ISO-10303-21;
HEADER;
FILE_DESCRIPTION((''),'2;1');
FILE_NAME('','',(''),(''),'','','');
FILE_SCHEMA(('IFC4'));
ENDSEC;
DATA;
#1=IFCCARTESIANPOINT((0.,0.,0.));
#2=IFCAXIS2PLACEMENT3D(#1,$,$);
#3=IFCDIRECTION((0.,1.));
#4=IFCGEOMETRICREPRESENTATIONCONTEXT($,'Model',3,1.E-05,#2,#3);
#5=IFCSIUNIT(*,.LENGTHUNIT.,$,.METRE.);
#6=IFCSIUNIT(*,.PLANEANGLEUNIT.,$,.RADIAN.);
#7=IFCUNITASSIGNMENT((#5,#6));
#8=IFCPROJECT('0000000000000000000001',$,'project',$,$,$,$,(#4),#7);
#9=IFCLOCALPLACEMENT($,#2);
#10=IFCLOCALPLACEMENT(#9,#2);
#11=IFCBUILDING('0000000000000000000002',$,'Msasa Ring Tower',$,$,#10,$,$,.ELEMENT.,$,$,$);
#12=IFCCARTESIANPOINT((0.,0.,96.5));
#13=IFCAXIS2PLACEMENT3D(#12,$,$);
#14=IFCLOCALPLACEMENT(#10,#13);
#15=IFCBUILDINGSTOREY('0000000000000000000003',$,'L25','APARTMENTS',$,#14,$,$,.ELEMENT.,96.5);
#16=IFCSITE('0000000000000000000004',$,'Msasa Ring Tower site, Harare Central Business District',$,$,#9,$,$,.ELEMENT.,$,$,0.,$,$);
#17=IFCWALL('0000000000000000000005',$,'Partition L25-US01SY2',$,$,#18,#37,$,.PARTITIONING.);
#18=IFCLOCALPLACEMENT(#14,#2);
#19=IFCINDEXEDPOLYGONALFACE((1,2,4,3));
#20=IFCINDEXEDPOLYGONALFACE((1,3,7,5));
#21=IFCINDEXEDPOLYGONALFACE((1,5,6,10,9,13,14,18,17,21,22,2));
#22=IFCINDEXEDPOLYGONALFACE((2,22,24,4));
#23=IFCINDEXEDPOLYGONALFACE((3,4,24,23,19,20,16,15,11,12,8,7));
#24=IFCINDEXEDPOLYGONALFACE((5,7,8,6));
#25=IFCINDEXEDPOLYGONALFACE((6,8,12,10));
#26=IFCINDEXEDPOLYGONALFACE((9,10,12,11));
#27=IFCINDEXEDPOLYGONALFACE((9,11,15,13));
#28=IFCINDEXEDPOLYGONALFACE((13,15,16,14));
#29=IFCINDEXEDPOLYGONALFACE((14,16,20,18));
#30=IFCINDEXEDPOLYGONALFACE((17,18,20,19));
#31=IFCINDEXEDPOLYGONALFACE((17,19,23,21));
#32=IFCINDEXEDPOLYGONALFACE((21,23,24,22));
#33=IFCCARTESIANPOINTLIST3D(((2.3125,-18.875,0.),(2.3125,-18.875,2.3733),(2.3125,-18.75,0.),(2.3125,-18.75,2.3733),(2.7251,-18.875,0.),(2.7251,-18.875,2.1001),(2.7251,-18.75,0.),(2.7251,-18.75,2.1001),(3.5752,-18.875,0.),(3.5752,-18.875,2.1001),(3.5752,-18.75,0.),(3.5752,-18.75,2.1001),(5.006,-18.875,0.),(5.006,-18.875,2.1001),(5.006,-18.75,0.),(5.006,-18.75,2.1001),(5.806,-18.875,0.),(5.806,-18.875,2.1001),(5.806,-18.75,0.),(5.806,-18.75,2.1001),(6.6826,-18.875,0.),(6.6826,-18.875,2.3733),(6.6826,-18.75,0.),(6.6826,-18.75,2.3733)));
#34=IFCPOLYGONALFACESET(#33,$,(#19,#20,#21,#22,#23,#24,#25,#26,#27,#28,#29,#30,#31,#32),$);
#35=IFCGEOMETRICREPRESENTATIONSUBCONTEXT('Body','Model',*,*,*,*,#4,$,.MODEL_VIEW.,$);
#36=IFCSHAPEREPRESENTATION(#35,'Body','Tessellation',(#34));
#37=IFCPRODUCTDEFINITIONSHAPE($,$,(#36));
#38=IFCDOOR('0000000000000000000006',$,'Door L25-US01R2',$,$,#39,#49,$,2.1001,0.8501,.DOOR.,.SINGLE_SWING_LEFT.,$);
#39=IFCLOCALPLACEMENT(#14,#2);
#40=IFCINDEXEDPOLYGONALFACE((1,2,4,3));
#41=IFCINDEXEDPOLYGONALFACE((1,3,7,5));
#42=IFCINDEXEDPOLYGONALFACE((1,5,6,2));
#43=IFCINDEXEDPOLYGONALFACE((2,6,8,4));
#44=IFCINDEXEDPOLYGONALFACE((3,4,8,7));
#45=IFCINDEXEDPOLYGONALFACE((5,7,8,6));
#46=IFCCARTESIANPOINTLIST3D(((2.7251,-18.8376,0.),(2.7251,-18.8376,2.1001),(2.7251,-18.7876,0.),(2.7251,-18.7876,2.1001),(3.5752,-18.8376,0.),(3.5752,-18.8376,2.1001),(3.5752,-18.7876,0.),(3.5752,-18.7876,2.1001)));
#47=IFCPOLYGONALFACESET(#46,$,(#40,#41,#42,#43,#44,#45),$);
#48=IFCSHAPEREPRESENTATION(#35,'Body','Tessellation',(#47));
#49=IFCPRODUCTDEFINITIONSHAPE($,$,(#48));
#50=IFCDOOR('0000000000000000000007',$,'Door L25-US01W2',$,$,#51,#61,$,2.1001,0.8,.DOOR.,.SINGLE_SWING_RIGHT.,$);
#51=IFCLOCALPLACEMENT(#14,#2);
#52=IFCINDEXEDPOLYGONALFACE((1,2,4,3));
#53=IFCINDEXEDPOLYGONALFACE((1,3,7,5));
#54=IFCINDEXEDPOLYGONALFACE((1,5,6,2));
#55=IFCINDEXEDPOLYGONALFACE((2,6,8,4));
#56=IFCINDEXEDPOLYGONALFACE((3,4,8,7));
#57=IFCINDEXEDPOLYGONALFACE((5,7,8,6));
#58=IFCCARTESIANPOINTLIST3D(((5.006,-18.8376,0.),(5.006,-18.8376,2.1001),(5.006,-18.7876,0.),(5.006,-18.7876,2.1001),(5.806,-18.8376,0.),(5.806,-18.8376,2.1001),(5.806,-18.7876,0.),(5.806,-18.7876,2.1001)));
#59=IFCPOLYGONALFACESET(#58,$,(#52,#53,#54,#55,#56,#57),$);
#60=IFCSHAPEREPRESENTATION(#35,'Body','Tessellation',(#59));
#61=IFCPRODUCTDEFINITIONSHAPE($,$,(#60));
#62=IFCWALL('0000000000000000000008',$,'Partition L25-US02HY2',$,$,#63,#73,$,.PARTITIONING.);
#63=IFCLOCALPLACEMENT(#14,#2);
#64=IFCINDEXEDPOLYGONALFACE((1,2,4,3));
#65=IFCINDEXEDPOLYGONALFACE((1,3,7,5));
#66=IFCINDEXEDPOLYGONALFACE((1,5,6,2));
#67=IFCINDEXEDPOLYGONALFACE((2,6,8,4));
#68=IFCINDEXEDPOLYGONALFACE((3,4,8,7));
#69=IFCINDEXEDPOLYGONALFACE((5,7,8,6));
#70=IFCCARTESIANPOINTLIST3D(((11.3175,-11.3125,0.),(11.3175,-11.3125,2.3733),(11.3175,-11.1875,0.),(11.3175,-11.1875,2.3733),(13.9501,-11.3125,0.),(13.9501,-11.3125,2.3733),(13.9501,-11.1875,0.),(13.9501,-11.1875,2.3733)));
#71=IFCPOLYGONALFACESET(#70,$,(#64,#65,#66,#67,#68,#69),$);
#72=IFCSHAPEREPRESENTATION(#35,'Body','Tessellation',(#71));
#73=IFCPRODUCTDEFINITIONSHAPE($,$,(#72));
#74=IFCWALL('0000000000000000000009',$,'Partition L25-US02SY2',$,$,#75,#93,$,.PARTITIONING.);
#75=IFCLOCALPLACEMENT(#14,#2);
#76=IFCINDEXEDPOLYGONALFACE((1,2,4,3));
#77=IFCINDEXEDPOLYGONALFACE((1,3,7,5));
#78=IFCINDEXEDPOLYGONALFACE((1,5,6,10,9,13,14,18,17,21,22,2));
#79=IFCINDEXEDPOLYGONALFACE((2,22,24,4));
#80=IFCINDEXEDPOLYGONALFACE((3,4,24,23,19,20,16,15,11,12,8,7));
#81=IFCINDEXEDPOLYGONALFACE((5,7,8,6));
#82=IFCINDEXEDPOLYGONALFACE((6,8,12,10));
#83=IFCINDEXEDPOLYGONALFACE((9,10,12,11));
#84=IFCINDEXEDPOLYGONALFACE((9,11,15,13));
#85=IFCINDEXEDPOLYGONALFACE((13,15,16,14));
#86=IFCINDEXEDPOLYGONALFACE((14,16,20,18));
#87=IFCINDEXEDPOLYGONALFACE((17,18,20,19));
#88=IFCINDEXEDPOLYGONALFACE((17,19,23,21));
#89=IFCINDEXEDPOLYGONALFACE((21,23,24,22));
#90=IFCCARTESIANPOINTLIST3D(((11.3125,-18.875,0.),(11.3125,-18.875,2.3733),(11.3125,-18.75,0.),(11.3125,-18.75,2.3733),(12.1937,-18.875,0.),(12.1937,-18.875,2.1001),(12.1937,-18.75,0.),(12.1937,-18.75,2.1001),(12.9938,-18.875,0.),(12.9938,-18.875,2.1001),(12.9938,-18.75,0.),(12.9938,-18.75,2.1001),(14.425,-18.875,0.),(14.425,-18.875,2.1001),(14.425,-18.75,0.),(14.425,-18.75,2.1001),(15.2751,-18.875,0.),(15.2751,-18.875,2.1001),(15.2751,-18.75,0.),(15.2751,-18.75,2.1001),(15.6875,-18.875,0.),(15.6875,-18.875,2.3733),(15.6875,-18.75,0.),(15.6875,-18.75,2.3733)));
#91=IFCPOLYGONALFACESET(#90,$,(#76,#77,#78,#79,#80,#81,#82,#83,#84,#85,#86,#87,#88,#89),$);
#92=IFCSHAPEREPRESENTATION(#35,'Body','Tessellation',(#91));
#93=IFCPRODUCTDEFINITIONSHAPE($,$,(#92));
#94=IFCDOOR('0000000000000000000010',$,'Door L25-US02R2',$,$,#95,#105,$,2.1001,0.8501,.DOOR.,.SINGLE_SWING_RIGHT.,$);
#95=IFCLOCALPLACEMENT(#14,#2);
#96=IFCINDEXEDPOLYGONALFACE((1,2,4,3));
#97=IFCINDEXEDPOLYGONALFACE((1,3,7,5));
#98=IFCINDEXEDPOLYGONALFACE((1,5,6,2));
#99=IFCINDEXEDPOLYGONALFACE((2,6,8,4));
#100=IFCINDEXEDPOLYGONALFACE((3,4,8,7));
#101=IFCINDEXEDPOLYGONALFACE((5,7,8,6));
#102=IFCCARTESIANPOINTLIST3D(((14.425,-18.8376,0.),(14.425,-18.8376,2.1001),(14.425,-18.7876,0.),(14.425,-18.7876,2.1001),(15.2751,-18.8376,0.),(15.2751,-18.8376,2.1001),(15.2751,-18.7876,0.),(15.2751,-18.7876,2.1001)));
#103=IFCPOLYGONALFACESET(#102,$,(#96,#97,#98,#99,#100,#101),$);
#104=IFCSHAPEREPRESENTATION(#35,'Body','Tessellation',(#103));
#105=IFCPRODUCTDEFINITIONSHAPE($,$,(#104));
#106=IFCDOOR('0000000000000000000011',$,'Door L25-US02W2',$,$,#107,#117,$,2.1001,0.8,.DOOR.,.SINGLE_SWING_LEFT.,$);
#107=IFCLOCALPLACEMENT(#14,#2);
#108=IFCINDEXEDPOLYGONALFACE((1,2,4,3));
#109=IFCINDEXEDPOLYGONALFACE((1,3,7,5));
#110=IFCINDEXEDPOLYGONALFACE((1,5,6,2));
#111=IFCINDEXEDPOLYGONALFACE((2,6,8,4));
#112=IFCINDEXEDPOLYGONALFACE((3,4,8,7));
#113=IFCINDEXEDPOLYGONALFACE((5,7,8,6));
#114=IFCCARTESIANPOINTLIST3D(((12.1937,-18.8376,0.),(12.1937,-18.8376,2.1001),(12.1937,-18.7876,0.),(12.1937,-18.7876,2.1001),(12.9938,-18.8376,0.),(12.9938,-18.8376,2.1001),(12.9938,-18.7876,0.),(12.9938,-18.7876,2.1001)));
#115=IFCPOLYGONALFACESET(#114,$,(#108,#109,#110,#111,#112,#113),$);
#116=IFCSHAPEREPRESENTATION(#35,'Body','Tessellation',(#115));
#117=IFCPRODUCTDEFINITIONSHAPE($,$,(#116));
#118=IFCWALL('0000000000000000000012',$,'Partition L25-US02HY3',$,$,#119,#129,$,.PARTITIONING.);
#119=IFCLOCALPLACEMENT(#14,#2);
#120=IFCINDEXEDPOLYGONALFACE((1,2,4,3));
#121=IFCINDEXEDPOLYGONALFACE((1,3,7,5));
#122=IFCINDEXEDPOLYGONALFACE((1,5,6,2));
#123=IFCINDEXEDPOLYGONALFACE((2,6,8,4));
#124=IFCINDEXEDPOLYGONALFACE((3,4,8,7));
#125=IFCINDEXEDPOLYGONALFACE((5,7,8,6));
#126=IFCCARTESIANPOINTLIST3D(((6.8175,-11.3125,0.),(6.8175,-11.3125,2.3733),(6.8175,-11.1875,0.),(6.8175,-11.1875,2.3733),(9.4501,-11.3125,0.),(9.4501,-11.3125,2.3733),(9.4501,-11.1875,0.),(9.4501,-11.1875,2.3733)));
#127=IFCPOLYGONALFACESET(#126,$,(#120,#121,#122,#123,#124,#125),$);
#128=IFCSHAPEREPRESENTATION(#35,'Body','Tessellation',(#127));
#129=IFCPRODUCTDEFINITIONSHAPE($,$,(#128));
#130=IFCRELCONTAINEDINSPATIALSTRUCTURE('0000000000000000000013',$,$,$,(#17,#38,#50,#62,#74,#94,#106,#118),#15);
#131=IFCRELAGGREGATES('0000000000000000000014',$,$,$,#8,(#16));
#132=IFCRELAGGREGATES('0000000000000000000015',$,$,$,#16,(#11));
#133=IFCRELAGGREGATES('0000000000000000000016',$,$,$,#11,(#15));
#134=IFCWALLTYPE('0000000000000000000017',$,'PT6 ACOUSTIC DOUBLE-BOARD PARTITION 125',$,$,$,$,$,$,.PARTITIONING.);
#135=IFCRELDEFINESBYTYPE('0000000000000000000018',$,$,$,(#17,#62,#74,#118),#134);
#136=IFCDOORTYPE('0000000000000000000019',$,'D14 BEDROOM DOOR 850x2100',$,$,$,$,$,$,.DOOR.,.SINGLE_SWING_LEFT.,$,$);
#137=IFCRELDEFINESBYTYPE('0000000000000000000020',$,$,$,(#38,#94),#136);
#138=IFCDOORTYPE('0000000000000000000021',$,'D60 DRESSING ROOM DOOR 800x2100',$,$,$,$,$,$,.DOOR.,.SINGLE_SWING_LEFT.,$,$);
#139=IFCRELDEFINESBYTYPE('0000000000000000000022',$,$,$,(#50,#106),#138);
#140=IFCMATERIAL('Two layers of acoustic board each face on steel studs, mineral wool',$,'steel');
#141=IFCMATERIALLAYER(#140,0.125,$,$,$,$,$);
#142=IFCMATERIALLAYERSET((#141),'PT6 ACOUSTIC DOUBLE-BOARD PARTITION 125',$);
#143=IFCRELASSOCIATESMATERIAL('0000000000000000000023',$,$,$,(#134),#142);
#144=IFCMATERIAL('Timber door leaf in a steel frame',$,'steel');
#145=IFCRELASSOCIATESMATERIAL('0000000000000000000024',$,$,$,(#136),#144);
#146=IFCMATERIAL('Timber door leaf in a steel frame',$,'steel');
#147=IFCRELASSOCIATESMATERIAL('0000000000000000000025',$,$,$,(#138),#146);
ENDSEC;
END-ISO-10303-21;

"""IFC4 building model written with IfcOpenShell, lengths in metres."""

from ifc_helpers import new_model, si_unit, direction, frame, frame_2d, origin, place, context, subcontext, project, spatial, rectangle, extrude, material, layer, layer_set, type_object, element, fill, save


model = new_model("IFC4")

# Units and contexts
model_context = context("Model", 3, precision=1e-05, world=origin(), true_north=direction((0.0, 1.0)))
body_context = subcontext(model_context, "Body", "Model", "MODEL_VIEW")
ifc_project = project(units=[si_unit("LENGTHUNIT", "METRE"), si_unit("PLANEANGLEUNIT", "RADIAN")], contexts=[model_context])

# Site, building, storey
site_placement = place(None, origin())
site = spatial("IfcSite", under=ifc_project, at=site_placement, Name="Msasa Ring Tower site, Harare Central Business District", CompositionType="ELEMENT", RefElevation=0.0)
building_placement = place(site_placement, origin())
building = spatial("IfcBuilding", under=site, at=building_placement, Name="Msasa Ring Tower", CompositionType="ELEMENT")
storey_placement = place(building_placement, frame((0.0, 0.0, 96.5)))
storey = spatial("IfcBuildingStorey", under=building, at=storey_placement, Name="L25", Description="APARTMENTS", CompositionType="ELEMENT", Elevation=96.5)

# Shared definitions
ifc_material_1 = material(Name="Two layers of acoustic board each face on steel studs, mineral wool", Category="steel")
ifc_layer_1 = layer(ifc_material_1, 0.125)
ifc_layer_set_1 = layer_set([ifc_layer_1], Name="PT6 ACOUSTIC DOUBLE-BOARD PARTITION 125")
wall_type_1 = type_object("IfcWallType", Name="PT6 ACOUSTIC DOUBLE-BOARD PARTITION 125", PredefinedType="PARTITIONING", material=ifc_layer_set_1)

# Wall, openings, doors
wall_1_placement = place(storey_placement, frame((2.3125, -18.8125, 0.0), z_axis=(0.0, 0.0, 1.0), x_axis=(1.0, 0.0, 0.0)))
wall_1 = element("IfcWall", 1, at=wall_1_placement, inside=storey, type_object=wall_type_1, Name="Partition L25-US01SY2", PredefinedType="PARTITIONING", context=body_context, shape_type="SweptSolid", body=[
    extrude(rectangle(XDim=4.3701, YDim=0.125, at=frame_2d((2.1851, 0.0))), origin(), (0.0, 0.0, 1.0), 2.3733),
])
opening_1_placement = place(wall_1_placement, frame((0.4126, 0.0, 0.0)))
opening_1 = element("IfcOpeningElement", 2, at=opening_1_placement, cuts=wall_1, PredefinedType="OPENING", context=body_context, shape_type="SweptSolid", body=[
    extrude(rectangle(XDim=0.8501, YDim=2.1001, at=frame_2d((0.425, 1.05))), frame((0.0, 0.0725, 0.0), z_axis=(0.0, -1.0, 0.0), x_axis=(1.0, 0.0, 0.0)), (0.0, 0.0, 1.0), 0.145),
])
opening_2_placement = place(wall_1_placement, frame((2.6936, 0.0, 0.0)))
opening_2 = element("IfcOpeningElement", 3, at=opening_2_placement, cuts=wall_1, PredefinedType="OPENING", context=body_context, shape_type="SweptSolid", body=[
    extrude(rectangle(XDim=0.8, YDim=2.1001, at=frame_2d((0.3999, 1.05))), frame((0.0, 0.0725, 0.0), z_axis=(0.0, -1.0, 0.0), x_axis=(1.0, 0.0, 0.0)), (0.0, 0.0, 1.0), 0.145),
])
ifc_material_2 = material(Name="Timber door leaf in a steel frame", Category="steel")
door_type_1 = type_object("IfcDoorType", Name="D14 BEDROOM DOOR 850x2100", OperationType="SINGLE_SWING_LEFT", PredefinedType="DOOR", material=ifc_material_2)
door_1_placement = place(opening_1_placement, origin())
door_1 = element("IfcDoor", 4, at=door_1_placement, inside=storey, type_object=door_type_1, Name="Door L25-US01R2", OperationType="SINGLE_SWING_LEFT", OverallHeight=2.1001, OverallWidth=0.8501, PredefinedType="DOOR", context=body_context, shape_type="SweptSolid", body=[
    extrude(rectangle(XDim=0.8501, YDim=2.1001, at=frame_2d((0.425, 1.05))), frame((0.0, 0.0249, 0.0), z_axis=(0.0, -1.0, 0.0), x_axis=(1.0, 0.0, 0.0)), (0.0, 0.0, 1.0), 0.05),
])
fill(opening_1, door_1)
ifc_material_3 = material(Name="Timber door leaf in a steel frame", Category="steel")
door_type_2 = type_object("IfcDoorType", Name="D60 DRESSING ROOM DOOR 800x2100", OperationType="SINGLE_SWING_LEFT", PredefinedType="DOOR", material=ifc_material_3)
door_2_placement = place(opening_2_placement, origin())
door_2 = element("IfcDoor", 5, at=door_2_placement, inside=storey, type_object=door_type_2, Name="Door L25-US01W2", OperationType="SINGLE_SWING_RIGHT", OverallHeight=2.1001, OverallWidth=0.8, PredefinedType="DOOR", context=body_context, shape_type="SweptSolid", body=[
    extrude(rectangle(XDim=0.8, YDim=2.1001, at=frame_2d((0.3999, 1.05))), frame((0.0, 0.0249, 0.0), z_axis=(0.0, -1.0, 0.0), x_axis=(1.0, 0.0, 0.0)), (0.0, 0.0, 1.0), 0.05),
])
fill(opening_2, door_2)

# Wall
wall_2_placement = place(storey_placement, frame((11.3174, -11.25, 0.0), z_axis=(0.0, 0.0, 1.0), x_axis=(1.0, 0.0, 0.0)))
element("IfcWall", 6, at=wall_2_placement, inside=storey, type_object=wall_type_1, Name="Partition L25-US02HY2", PredefinedType="PARTITIONING", context=body_context, shape_type="SweptSolid", body=[
    extrude(rectangle(XDim=2.6326, YDim=0.125, at=frame_2d((1.3164, 0.0))), origin(), (0.0, 0.0, 1.0), 2.3733),
])

# Wall, openings, doors
wall_3_placement = place(storey_placement, frame((11.3125, -18.8125, 0.0), z_axis=(0.0, 0.0, 1.0), x_axis=(1.0, 0.0, 0.0)))
wall_3 = element("IfcWall", 7, at=wall_3_placement, inside=storey, type_object=wall_type_1, Name="Partition L25-US02SY2", PredefinedType="PARTITIONING", context=body_context, shape_type="SweptSolid", body=[
    extrude(rectangle(XDim=4.375, YDim=0.125, at=frame_2d((2.1875, 0.0))), origin(), (0.0, 0.0, 1.0), 2.3733),
])
opening_3_placement = place(wall_3_placement, frame((3.1125, 0.0, 0.0)))
opening_3 = element("IfcOpeningElement", 8, at=opening_3_placement, cuts=wall_3, PredefinedType="OPENING", context=body_context, shape_type="SweptSolid", body=[
    extrude(rectangle(XDim=0.8501, YDim=2.1001, at=frame_2d((0.425, 1.05))), frame((0.0, 0.0725, 0.0), z_axis=(0.0, -1.0, 0.0), x_axis=(1.0, 0.0, 0.0)), (0.0, 0.0, 1.0), 0.145),
])
opening_4_placement = place(wall_3_placement, frame((0.8813, 0.0, 0.0)))
opening_4 = element("IfcOpeningElement", 9, at=opening_4_placement, cuts=wall_3, PredefinedType="OPENING", context=body_context, shape_type="SweptSolid", body=[
    extrude(rectangle(XDim=0.8, YDim=2.1001, at=frame_2d((0.3999, 1.05))), frame((0.0, 0.0725, 0.0), z_axis=(0.0, -1.0, 0.0), x_axis=(1.0, 0.0, 0.0)), (0.0, 0.0, 1.0), 0.145),
])
door_3_placement = place(opening_3_placement, origin())
door_3 = element("IfcDoor", 10, at=door_3_placement, inside=storey, type_object=door_type_1, Name="Door L25-US02R2", OperationType="SINGLE_SWING_RIGHT", OverallHeight=2.1001, OverallWidth=0.8501, PredefinedType="DOOR", context=body_context, shape_type="SweptSolid", body=[
    extrude(rectangle(XDim=0.8501, YDim=2.1001, at=frame_2d((0.425, 1.05))), frame((0.0, 0.0249, 0.0), z_axis=(0.0, -1.0, 0.0), x_axis=(1.0, 0.0, 0.0)), (0.0, 0.0, 1.0), 0.05),
])
fill(opening_3, door_3)
door_4_placement = place(opening_4_placement, origin())
door_4 = element("IfcDoor", 11, at=door_4_placement, inside=storey, type_object=door_type_2, Name="Door L25-US02W2", OperationType="SINGLE_SWING_LEFT", OverallHeight=2.1001, OverallWidth=0.8, PredefinedType="DOOR", context=body_context, shape_type="SweptSolid", body=[
    extrude(rectangle(XDim=0.8, YDim=2.1001, at=frame_2d((0.3999, 1.05))), frame((0.0, 0.0249, 0.0), z_axis=(0.0, -1.0, 0.0), x_axis=(1.0, 0.0, 0.0)), (0.0, 0.0, 1.0), 0.05),
])
fill(opening_4, door_4)

# Wall
wall_4_placement = place(storey_placement, frame((6.8174, -11.25, 0.0), z_axis=(0.0, 0.0, 1.0), x_axis=(1.0, 0.0, 0.0)))
element("IfcWall", 12, at=wall_4_placement, inside=storey, type_object=wall_type_1, Name="Partition L25-US02HY3", PredefinedType="PARTITIONING", context=body_context, shape_type="SweptSolid", body=[
    extrude(rectangle(XDim=2.6326, YDim=0.125, at=frame_2d((1.3164, 0.0))), origin(), (0.0, 0.0, 1.0), 2.3733),
])

save(model, "model.ifc")
